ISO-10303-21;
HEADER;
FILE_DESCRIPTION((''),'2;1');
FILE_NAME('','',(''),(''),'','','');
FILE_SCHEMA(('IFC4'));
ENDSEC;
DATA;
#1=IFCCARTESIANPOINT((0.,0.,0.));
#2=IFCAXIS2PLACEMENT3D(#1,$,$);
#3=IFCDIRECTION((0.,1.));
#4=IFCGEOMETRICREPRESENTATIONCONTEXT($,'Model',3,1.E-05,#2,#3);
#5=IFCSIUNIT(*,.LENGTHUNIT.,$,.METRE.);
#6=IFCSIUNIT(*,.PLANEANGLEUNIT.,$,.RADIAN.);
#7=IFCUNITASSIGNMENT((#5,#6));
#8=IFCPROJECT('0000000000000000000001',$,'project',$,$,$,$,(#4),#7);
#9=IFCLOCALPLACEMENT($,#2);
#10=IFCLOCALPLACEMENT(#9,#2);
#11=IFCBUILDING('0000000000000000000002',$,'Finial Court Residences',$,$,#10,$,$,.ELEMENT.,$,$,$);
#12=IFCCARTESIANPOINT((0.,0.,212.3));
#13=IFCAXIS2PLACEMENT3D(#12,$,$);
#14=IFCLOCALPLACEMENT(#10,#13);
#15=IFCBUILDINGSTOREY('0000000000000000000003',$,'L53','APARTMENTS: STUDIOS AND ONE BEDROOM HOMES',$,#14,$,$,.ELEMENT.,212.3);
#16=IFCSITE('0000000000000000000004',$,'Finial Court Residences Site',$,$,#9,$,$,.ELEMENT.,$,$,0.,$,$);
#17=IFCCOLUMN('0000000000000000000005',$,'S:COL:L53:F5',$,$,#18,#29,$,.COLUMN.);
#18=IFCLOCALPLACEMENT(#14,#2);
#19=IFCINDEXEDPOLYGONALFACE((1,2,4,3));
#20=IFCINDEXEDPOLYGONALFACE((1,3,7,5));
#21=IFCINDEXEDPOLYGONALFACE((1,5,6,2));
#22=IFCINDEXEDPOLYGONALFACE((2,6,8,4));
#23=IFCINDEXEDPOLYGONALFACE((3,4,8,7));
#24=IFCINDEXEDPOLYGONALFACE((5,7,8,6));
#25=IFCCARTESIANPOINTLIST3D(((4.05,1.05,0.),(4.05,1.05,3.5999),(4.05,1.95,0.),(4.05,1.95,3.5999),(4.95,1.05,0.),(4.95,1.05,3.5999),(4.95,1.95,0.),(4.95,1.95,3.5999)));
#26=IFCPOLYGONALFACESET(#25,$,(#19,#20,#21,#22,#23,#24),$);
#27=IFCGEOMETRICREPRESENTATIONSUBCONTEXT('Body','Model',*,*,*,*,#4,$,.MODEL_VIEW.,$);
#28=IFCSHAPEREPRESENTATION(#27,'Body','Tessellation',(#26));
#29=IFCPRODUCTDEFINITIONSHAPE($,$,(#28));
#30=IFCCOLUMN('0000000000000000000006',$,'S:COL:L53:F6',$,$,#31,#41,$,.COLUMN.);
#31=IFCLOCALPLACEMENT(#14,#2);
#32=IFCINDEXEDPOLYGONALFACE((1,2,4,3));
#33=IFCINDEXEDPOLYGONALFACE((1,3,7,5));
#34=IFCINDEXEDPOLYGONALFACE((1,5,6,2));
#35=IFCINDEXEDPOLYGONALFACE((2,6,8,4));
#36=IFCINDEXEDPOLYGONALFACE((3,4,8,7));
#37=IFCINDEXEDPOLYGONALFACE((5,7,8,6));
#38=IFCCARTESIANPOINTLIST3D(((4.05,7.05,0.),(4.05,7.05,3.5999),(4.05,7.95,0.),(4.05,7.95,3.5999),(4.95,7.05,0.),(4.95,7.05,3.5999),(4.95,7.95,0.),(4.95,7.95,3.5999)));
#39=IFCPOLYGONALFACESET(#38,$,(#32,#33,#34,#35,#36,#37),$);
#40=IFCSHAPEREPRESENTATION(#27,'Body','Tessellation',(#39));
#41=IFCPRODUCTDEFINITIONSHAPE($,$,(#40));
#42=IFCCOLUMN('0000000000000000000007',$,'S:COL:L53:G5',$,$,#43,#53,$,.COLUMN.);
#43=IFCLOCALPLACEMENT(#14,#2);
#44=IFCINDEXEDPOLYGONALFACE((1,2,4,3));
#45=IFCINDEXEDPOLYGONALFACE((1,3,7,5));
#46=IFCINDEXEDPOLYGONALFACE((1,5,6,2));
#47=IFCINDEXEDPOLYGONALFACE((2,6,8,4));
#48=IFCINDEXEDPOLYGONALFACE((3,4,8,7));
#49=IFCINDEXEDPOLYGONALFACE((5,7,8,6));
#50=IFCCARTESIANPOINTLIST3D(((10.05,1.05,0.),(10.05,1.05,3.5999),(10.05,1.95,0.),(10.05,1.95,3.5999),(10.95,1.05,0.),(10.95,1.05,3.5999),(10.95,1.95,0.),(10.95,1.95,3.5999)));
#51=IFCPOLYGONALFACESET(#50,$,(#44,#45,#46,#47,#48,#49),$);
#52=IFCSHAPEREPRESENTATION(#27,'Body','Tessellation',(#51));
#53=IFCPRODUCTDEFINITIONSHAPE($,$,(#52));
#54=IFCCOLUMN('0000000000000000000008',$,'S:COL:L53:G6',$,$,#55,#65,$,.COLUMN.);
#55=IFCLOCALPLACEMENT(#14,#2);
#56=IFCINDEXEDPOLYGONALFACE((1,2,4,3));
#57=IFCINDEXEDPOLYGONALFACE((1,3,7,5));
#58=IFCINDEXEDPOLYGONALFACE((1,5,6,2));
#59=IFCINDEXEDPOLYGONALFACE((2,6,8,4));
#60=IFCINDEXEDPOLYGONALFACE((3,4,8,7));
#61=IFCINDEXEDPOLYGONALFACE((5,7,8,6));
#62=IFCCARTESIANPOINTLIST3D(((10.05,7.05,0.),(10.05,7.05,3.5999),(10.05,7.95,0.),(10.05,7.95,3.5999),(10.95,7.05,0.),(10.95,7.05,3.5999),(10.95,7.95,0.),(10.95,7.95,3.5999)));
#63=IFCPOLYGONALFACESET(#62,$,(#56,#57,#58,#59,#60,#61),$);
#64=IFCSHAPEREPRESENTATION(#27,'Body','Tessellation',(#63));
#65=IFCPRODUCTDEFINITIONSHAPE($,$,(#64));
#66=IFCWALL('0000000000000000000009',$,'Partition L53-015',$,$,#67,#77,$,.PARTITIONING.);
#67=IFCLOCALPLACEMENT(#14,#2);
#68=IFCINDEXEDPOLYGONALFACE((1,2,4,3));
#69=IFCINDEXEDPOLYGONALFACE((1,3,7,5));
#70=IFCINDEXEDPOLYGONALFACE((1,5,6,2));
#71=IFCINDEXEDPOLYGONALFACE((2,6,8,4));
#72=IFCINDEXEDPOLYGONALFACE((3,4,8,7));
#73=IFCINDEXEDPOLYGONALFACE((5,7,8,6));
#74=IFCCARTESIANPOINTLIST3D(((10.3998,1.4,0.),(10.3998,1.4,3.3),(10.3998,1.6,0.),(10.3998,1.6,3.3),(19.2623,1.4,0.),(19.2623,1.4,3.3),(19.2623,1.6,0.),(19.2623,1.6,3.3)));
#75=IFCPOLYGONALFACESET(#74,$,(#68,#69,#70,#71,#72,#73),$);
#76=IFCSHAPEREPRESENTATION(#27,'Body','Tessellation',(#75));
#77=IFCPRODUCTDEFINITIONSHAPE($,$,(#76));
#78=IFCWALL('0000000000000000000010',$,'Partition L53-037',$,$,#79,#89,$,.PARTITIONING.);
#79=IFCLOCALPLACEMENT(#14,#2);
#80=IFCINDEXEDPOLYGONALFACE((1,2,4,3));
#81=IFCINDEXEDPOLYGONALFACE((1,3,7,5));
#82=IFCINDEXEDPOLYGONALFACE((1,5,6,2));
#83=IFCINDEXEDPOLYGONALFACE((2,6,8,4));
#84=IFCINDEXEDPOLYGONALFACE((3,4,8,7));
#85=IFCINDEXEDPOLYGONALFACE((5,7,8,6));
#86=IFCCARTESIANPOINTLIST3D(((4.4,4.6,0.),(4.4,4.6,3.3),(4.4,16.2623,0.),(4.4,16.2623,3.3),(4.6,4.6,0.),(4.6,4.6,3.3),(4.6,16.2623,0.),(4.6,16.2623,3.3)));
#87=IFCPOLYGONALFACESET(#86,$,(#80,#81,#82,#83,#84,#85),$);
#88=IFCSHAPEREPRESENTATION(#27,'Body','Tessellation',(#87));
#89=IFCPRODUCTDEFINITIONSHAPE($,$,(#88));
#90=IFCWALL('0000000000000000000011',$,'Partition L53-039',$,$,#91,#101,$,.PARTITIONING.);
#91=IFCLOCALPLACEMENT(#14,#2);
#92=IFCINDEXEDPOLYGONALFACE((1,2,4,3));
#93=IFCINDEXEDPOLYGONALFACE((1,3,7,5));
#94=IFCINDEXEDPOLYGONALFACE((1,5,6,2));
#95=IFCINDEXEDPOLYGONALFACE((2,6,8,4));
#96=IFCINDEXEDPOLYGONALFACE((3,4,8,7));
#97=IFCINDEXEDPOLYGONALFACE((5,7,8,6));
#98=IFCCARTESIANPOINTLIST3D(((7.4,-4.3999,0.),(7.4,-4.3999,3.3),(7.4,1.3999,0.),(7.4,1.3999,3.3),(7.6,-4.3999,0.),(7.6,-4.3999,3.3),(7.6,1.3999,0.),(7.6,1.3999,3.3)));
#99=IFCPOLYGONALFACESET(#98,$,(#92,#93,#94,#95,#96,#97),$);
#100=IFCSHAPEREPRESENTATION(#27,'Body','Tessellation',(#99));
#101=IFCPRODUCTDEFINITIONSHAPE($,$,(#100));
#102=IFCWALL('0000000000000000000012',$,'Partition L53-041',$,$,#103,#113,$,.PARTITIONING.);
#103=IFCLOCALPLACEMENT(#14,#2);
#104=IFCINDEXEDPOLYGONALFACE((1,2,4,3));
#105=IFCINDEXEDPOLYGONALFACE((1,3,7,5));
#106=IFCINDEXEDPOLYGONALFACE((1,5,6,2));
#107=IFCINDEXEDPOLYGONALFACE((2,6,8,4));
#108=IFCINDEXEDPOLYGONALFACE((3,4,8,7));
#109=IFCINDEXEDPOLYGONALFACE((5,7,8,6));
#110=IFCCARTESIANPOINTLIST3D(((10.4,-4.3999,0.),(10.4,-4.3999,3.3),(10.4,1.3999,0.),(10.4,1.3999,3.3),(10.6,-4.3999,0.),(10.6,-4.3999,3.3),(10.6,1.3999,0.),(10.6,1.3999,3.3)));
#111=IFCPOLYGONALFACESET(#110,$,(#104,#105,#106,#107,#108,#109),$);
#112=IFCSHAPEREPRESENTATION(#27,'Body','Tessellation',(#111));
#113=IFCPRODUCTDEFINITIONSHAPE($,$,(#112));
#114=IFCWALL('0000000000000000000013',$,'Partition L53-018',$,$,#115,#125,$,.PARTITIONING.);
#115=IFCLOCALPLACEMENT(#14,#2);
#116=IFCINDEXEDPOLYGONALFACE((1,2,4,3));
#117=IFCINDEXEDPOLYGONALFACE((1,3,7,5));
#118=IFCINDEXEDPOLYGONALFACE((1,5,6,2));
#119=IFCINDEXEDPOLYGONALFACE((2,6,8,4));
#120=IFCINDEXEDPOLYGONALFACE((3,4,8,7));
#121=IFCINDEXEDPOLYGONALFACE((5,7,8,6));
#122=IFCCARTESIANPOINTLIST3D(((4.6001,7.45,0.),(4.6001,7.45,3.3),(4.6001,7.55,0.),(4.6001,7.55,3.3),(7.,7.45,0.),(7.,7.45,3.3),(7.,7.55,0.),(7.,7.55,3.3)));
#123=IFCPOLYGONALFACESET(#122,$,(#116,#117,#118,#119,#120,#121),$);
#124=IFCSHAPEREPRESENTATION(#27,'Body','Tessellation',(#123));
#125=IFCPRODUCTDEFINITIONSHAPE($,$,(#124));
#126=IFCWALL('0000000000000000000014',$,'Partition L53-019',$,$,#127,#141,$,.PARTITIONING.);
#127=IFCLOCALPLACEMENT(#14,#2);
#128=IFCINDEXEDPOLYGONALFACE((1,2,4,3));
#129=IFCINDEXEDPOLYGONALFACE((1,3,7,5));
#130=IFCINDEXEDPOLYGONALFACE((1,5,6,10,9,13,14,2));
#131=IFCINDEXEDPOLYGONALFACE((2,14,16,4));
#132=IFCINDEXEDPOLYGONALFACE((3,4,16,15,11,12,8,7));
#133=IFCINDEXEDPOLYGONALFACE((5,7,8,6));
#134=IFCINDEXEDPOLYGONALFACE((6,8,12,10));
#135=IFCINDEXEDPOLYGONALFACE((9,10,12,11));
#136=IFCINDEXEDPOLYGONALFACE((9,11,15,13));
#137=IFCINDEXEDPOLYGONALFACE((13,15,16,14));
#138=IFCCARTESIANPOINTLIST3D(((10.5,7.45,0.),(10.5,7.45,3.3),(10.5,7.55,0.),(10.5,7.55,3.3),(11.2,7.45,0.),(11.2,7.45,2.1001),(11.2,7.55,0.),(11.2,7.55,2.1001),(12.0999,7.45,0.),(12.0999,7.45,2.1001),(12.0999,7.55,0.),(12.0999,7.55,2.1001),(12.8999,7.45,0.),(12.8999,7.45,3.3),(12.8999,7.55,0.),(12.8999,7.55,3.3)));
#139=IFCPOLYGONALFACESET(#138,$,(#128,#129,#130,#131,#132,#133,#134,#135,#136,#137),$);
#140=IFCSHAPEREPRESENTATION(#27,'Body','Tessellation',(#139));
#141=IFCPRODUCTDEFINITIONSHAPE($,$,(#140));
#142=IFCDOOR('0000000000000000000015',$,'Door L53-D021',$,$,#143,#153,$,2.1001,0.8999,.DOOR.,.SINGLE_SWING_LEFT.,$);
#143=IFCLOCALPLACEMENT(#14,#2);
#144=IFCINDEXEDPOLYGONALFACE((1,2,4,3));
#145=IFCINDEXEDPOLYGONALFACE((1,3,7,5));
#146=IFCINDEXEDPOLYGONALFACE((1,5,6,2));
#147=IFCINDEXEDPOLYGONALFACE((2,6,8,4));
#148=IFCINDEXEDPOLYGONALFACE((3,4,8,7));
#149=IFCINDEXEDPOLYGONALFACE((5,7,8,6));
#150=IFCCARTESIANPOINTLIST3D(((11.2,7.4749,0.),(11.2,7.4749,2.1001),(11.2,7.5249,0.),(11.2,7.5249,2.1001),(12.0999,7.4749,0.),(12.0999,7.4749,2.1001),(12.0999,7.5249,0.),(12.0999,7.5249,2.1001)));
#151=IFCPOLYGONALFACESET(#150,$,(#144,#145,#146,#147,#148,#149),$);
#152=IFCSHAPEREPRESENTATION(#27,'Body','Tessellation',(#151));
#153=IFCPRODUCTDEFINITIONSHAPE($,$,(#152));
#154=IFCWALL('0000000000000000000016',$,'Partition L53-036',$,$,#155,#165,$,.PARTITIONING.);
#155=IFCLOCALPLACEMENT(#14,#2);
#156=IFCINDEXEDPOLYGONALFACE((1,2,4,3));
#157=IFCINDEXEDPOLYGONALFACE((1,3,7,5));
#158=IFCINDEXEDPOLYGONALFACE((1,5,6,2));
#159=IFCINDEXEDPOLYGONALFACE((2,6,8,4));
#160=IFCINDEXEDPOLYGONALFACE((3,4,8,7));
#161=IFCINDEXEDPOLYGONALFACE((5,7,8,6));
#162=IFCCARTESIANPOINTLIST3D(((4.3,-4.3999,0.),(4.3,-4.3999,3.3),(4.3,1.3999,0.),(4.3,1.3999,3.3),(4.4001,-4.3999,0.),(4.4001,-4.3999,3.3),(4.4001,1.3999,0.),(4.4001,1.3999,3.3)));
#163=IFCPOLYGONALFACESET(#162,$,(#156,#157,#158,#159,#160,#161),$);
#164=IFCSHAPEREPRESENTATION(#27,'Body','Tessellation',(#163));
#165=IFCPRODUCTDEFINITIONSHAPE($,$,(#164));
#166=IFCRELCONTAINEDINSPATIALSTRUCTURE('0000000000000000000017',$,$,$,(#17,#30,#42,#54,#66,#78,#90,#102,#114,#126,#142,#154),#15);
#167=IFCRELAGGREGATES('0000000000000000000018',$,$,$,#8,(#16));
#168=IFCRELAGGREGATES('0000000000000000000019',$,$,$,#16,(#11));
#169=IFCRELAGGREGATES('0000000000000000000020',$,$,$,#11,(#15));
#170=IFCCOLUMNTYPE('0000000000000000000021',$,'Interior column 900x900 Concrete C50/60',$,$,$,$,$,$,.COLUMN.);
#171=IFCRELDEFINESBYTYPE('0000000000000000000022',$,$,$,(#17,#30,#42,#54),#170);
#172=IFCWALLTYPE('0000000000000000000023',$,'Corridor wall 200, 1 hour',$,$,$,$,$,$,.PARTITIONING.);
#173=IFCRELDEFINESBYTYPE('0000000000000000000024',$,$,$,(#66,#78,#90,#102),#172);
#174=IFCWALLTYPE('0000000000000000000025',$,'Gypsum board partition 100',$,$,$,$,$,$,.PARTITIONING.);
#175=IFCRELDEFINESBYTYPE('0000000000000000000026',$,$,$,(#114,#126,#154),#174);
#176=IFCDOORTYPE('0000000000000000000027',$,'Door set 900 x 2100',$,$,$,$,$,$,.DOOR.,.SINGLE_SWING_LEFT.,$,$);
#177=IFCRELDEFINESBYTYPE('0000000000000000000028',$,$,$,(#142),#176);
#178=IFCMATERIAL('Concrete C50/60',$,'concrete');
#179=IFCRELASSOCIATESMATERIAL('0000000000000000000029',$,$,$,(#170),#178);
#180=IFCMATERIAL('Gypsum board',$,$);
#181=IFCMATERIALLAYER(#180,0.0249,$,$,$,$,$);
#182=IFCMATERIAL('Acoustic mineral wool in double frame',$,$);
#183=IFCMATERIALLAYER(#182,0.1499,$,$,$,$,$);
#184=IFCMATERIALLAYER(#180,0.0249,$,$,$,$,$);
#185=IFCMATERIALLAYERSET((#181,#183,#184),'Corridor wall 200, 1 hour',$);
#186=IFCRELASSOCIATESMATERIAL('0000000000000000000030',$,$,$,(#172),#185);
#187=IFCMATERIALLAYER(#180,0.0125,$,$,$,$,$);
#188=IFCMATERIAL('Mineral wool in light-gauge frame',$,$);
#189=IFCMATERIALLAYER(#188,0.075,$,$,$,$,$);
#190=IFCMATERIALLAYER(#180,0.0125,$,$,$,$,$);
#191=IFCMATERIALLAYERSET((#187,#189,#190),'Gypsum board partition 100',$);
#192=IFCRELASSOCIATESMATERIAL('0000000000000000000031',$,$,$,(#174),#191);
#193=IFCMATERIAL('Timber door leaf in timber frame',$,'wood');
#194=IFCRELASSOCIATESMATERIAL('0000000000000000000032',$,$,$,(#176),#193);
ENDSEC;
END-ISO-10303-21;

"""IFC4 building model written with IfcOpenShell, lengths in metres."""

from ifc_helpers import new_model, si_unit, direction, frame, frame_2d, origin, origin_2d, place, context, subcontext, project, spatial, rectangle, extrude, material, layer, layer_set, material_profile, profile_set, type_object, element, fill, save


model = new_model("IFC4")

# Units and contexts
model_context = context("Model", 3, precision=1e-05, world=origin(), true_north=direction((0.0, 1.0)))
body_context = subcontext(model_context, "Body", "Model", "MODEL_VIEW")
ifc_project = project(units=[si_unit("LENGTHUNIT", "METRE"), si_unit("PLANEANGLEUNIT", "RADIAN")], contexts=[model_context])

# Site, building, storey
site_placement = place(None, origin())
site = spatial("IfcSite", under=ifc_project, at=site_placement, Name="Finial Court Residences Site", CompositionType="ELEMENT", RefElevation=0.0)
building_placement = place(site_placement, origin())
building = spatial("IfcBuilding", under=site, at=building_placement, Name="Finial Court Residences", CompositionType="ELEMENT")
storey_placement = place(building_placement, frame((0.0, 0.0, 212.3)))
storey = spatial("IfcBuildingStorey", under=building, at=storey_placement, Name="L53", Description="APARTMENTS: STUDIOS AND ONE BEDROOM HOMES", CompositionType="ELEMENT", Elevation=212.3)

# Columns
ifc_material_1 = material(Name="Concrete C50/60", Category="concrete")
ifc_material_profile = material_profile(ifc_material_1, rectangle(XDim=0.8999, YDim=0.8999, at=origin_2d()), Name="900x900")
ifc_profile_set = profile_set([ifc_material_profile], Name="Concrete C50/60")
column_type = type_object("IfcColumnType", Name="Interior column 900x900 Concrete C50/60", PredefinedType="COLUMN", material=ifc_profile_set)
for number, where, z_axis, x_axis, name in (
    (1, (4.5, 1.5, 0.0), (0.0, 0.0, 1.0), (1.0, 0.0, 0.0), "S:COL:L53:F5"),
    (2, (4.5, 7.5, 0.0), (0.0, 0.0, 1.0), (1.0, 0.0, 0.0), "S:COL:L53:F6"),
    (3, (10.5, 1.5, 0.0), (0.0, 0.0, 1.0), (1.0, 0.0, 0.0), "S:COL:L53:G5"),
    (4, (10.5, 7.5, 0.0), (0.0, 0.0, 1.0), (1.0, 0.0, 0.0), "S:COL:L53:G6"),
):
    element("IfcColumn", number, at=place(storey_placement, frame(where, z_axis=z_axis, x_axis=x_axis)), inside=storey, type_object=column_type, Name=name, PredefinedType="COLUMN", context=body_context, shape_type="SweptSolid", body=[
        extrude(rectangle(XDim=0.8999, YDim=0.8999, at=origin_2d()), origin(), (0.0, 0.0, 1.0), 3.5999),
    ])

# Walls
ifc_material_2 = material(Name="Gypsum board")
ifc_layer_1 = layer(ifc_material_2, 0.0249)
ifc_material_3 = material(Name="Acoustic mineral wool in double frame")
ifc_layer_2 = layer(ifc_material_3, 0.1499)
ifc_layer_3 = layer(ifc_material_2, 0.0249)
ifc_layer_set_1 = layer_set([ifc_layer_1, ifc_layer_2, ifc_layer_3], Name="Corridor wall 200, 1 hour")
wall_type_1 = type_object("IfcWallType", Name="Corridor wall 200, 1 hour", PredefinedType="PARTITIONING", material=ifc_layer_set_1)
wall_1_placement = place(storey_placement, frame((10.3999, 1.5, 0.0), z_axis=(0.0, 0.0, 1.0), x_axis=(1.0, 0.0, 0.0)))
element("IfcWall", 5, at=wall_1_placement, inside=storey, type_object=wall_type_1, Name="Partition L53-015", PredefinedType="PARTITIONING", context=body_context, shape_type="SweptSolid", body=[
    extrude(rectangle(XDim=8.8625, YDim=0.2, at=frame_2d((4.4312, 0.0))), origin(), (0.0, 0.0, 1.0), 3.3),
])
wall_2_placement = place(storey_placement, frame((4.5, 4.6001, 0.0), z_axis=(0.0, 0.0, 1.0), x_axis=(0.0, 1.0, 0.0)))
element("IfcWall", 6, at=wall_2_placement, inside=storey, type_object=wall_type_1, Name="Partition L53-037", PredefinedType="PARTITIONING", context=body_context, shape_type="SweptSolid", body=[
    extrude(rectangle(XDim=11.6624, YDim=0.2, at=frame_2d((5.8311, 0.0))), origin(), (0.0, 0.0, 1.0), 3.3),
])
for number, where, z_axis, x_axis, name in (
    (7, (7.5, -4.3999, 0.0), (0.0, 0.0, 1.0), (0.0, 1.0, 0.0), "Partition L53-039"),
    (8, (10.5, -4.3999, 0.0), (0.0, 0.0, 1.0), (0.0, 1.0, 0.0), "Partition L53-041"),
):
    element("IfcWall", number, at=place(storey_placement, frame(where, z_axis=z_axis, x_axis=x_axis)), inside=storey, type_object=wall_type_1, Name=name, PredefinedType="PARTITIONING", context=body_context, shape_type="SweptSolid", body=[
        extrude(rectangle(XDim=5.7998, YDim=0.2, at=frame_2d((2.8999, 0.0))), origin(), (0.0, 0.0, 1.0), 3.3),
    ])
ifc_layer_4 = layer(ifc_material_2, 0.0125)
ifc_material_4 = material(Name="Mineral wool in light-gauge frame")
ifc_layer_5 = layer(ifc_material_4, 0.075)
ifc_layer_6 = layer(ifc_material_2, 0.0125)
ifc_layer_set_2 = layer_set([ifc_layer_4, ifc_layer_5, ifc_layer_6], Name="Gypsum board partition 100")
wall_type_2 = type_object("IfcWallType", Name="Gypsum board partition 100", PredefinedType="PARTITIONING", material=ifc_layer_set_2)
wall_3_placement = place(storey_placement, frame((4.6001, 7.5, 0.0), z_axis=(0.0, 0.0, 1.0), x_axis=(1.0, 0.0, 0.0)))
element("IfcWall", 9, at=wall_3_placement, inside=storey, type_object=wall_type_2, Name="Partition L53-018", PredefinedType="PARTITIONING", context=body_context, shape_type="SweptSolid", body=[
    extrude(rectangle(XDim=2.3999, YDim=0.1001, at=frame_2d((1.2, 0.0))), origin(), (0.0, 0.0, 1.0), 3.3),
])

# Wall, opening, door
wall_4_placement = place(storey_placement, frame((10.5, 7.5, 0.0), z_axis=(0.0, 0.0, 1.0), x_axis=(1.0, 0.0, 0.0)))
wall_4 = element("IfcWall", 10, at=wall_4_placement, inside=storey, type_object=wall_type_2, Name="Partition L53-019", PredefinedType="PARTITIONING", context=body_context, shape_type="SweptSolid", body=[
    extrude(rectangle(XDim=2.3999, YDim=0.1001, at=frame_2d((1.2, 0.0))), origin(), (0.0, 0.0, 1.0), 3.3),
])
opening_1_placement = place(wall_4_placement, frame((0.7, 0.0, 0.0)))
opening_1 = element("IfcOpeningElement", 11, at=opening_1_placement, cuts=wall_4, PredefinedType="OPENING", context=body_context, shape_type="SweptSolid", body=[
    extrude(rectangle(XDim=0.8999, YDim=2.1001, at=frame_2d((0.45, 1.05))), frame((0.0, 0.0601, 0.0), z_axis=(0.0, -1.0, 0.0), x_axis=(1.0, 0.0, 0.0)), (0.0, 0.0, 1.0), 0.1201),
])
ifc_material_5 = material(Name="Timber door leaf in timber frame", Category="wood")
door_type = type_object("IfcDoorType", Name="Door set 900 x 2100", OperationType="SINGLE_SWING_LEFT", PredefinedType="DOOR", material=ifc_material_5)
door_1_placement = place(opening_1_placement, origin())
door_1 = element("IfcDoor", 12, at=door_1_placement, inside=storey, type_object=door_type, Name="Door L53-D021", OperationType="SINGLE_SWING_LEFT", OverallHeight=2.1001, OverallWidth=0.8999, PredefinedType="DOOR", context=body_context, shape_type="SweptSolid", body=[
    extrude(rectangle(XDim=0.8999, YDim=2.1001, at=frame_2d((0.45, 1.05))), frame((0.0, 0.0249, 0.0), z_axis=(0.0, -1.0, 0.0), x_axis=(1.0, 0.0, 0.0)), (0.0, 0.0, 1.0), 0.05),
])
fill(opening_1, door_1)

# Wall
wall_5_placement = place(storey_placement, frame((4.3501, -4.3999, 0.0), z_axis=(0.0, 0.0, 1.0), x_axis=(0.0, 1.0, 0.0)))
element("IfcWall", 13, at=wall_5_placement, inside=storey, type_object=wall_type_2, Name="Partition L53-036", PredefinedType="PARTITIONING", context=body_context, shape_type="SweptSolid", body=[
    extrude(rectangle(XDim=5.7998, YDim=0.1001, at=frame_2d((2.8999, 0.0))), origin(), (0.0, 0.0, 1.0), 3.3),
])

save(model, "model.ifc")
